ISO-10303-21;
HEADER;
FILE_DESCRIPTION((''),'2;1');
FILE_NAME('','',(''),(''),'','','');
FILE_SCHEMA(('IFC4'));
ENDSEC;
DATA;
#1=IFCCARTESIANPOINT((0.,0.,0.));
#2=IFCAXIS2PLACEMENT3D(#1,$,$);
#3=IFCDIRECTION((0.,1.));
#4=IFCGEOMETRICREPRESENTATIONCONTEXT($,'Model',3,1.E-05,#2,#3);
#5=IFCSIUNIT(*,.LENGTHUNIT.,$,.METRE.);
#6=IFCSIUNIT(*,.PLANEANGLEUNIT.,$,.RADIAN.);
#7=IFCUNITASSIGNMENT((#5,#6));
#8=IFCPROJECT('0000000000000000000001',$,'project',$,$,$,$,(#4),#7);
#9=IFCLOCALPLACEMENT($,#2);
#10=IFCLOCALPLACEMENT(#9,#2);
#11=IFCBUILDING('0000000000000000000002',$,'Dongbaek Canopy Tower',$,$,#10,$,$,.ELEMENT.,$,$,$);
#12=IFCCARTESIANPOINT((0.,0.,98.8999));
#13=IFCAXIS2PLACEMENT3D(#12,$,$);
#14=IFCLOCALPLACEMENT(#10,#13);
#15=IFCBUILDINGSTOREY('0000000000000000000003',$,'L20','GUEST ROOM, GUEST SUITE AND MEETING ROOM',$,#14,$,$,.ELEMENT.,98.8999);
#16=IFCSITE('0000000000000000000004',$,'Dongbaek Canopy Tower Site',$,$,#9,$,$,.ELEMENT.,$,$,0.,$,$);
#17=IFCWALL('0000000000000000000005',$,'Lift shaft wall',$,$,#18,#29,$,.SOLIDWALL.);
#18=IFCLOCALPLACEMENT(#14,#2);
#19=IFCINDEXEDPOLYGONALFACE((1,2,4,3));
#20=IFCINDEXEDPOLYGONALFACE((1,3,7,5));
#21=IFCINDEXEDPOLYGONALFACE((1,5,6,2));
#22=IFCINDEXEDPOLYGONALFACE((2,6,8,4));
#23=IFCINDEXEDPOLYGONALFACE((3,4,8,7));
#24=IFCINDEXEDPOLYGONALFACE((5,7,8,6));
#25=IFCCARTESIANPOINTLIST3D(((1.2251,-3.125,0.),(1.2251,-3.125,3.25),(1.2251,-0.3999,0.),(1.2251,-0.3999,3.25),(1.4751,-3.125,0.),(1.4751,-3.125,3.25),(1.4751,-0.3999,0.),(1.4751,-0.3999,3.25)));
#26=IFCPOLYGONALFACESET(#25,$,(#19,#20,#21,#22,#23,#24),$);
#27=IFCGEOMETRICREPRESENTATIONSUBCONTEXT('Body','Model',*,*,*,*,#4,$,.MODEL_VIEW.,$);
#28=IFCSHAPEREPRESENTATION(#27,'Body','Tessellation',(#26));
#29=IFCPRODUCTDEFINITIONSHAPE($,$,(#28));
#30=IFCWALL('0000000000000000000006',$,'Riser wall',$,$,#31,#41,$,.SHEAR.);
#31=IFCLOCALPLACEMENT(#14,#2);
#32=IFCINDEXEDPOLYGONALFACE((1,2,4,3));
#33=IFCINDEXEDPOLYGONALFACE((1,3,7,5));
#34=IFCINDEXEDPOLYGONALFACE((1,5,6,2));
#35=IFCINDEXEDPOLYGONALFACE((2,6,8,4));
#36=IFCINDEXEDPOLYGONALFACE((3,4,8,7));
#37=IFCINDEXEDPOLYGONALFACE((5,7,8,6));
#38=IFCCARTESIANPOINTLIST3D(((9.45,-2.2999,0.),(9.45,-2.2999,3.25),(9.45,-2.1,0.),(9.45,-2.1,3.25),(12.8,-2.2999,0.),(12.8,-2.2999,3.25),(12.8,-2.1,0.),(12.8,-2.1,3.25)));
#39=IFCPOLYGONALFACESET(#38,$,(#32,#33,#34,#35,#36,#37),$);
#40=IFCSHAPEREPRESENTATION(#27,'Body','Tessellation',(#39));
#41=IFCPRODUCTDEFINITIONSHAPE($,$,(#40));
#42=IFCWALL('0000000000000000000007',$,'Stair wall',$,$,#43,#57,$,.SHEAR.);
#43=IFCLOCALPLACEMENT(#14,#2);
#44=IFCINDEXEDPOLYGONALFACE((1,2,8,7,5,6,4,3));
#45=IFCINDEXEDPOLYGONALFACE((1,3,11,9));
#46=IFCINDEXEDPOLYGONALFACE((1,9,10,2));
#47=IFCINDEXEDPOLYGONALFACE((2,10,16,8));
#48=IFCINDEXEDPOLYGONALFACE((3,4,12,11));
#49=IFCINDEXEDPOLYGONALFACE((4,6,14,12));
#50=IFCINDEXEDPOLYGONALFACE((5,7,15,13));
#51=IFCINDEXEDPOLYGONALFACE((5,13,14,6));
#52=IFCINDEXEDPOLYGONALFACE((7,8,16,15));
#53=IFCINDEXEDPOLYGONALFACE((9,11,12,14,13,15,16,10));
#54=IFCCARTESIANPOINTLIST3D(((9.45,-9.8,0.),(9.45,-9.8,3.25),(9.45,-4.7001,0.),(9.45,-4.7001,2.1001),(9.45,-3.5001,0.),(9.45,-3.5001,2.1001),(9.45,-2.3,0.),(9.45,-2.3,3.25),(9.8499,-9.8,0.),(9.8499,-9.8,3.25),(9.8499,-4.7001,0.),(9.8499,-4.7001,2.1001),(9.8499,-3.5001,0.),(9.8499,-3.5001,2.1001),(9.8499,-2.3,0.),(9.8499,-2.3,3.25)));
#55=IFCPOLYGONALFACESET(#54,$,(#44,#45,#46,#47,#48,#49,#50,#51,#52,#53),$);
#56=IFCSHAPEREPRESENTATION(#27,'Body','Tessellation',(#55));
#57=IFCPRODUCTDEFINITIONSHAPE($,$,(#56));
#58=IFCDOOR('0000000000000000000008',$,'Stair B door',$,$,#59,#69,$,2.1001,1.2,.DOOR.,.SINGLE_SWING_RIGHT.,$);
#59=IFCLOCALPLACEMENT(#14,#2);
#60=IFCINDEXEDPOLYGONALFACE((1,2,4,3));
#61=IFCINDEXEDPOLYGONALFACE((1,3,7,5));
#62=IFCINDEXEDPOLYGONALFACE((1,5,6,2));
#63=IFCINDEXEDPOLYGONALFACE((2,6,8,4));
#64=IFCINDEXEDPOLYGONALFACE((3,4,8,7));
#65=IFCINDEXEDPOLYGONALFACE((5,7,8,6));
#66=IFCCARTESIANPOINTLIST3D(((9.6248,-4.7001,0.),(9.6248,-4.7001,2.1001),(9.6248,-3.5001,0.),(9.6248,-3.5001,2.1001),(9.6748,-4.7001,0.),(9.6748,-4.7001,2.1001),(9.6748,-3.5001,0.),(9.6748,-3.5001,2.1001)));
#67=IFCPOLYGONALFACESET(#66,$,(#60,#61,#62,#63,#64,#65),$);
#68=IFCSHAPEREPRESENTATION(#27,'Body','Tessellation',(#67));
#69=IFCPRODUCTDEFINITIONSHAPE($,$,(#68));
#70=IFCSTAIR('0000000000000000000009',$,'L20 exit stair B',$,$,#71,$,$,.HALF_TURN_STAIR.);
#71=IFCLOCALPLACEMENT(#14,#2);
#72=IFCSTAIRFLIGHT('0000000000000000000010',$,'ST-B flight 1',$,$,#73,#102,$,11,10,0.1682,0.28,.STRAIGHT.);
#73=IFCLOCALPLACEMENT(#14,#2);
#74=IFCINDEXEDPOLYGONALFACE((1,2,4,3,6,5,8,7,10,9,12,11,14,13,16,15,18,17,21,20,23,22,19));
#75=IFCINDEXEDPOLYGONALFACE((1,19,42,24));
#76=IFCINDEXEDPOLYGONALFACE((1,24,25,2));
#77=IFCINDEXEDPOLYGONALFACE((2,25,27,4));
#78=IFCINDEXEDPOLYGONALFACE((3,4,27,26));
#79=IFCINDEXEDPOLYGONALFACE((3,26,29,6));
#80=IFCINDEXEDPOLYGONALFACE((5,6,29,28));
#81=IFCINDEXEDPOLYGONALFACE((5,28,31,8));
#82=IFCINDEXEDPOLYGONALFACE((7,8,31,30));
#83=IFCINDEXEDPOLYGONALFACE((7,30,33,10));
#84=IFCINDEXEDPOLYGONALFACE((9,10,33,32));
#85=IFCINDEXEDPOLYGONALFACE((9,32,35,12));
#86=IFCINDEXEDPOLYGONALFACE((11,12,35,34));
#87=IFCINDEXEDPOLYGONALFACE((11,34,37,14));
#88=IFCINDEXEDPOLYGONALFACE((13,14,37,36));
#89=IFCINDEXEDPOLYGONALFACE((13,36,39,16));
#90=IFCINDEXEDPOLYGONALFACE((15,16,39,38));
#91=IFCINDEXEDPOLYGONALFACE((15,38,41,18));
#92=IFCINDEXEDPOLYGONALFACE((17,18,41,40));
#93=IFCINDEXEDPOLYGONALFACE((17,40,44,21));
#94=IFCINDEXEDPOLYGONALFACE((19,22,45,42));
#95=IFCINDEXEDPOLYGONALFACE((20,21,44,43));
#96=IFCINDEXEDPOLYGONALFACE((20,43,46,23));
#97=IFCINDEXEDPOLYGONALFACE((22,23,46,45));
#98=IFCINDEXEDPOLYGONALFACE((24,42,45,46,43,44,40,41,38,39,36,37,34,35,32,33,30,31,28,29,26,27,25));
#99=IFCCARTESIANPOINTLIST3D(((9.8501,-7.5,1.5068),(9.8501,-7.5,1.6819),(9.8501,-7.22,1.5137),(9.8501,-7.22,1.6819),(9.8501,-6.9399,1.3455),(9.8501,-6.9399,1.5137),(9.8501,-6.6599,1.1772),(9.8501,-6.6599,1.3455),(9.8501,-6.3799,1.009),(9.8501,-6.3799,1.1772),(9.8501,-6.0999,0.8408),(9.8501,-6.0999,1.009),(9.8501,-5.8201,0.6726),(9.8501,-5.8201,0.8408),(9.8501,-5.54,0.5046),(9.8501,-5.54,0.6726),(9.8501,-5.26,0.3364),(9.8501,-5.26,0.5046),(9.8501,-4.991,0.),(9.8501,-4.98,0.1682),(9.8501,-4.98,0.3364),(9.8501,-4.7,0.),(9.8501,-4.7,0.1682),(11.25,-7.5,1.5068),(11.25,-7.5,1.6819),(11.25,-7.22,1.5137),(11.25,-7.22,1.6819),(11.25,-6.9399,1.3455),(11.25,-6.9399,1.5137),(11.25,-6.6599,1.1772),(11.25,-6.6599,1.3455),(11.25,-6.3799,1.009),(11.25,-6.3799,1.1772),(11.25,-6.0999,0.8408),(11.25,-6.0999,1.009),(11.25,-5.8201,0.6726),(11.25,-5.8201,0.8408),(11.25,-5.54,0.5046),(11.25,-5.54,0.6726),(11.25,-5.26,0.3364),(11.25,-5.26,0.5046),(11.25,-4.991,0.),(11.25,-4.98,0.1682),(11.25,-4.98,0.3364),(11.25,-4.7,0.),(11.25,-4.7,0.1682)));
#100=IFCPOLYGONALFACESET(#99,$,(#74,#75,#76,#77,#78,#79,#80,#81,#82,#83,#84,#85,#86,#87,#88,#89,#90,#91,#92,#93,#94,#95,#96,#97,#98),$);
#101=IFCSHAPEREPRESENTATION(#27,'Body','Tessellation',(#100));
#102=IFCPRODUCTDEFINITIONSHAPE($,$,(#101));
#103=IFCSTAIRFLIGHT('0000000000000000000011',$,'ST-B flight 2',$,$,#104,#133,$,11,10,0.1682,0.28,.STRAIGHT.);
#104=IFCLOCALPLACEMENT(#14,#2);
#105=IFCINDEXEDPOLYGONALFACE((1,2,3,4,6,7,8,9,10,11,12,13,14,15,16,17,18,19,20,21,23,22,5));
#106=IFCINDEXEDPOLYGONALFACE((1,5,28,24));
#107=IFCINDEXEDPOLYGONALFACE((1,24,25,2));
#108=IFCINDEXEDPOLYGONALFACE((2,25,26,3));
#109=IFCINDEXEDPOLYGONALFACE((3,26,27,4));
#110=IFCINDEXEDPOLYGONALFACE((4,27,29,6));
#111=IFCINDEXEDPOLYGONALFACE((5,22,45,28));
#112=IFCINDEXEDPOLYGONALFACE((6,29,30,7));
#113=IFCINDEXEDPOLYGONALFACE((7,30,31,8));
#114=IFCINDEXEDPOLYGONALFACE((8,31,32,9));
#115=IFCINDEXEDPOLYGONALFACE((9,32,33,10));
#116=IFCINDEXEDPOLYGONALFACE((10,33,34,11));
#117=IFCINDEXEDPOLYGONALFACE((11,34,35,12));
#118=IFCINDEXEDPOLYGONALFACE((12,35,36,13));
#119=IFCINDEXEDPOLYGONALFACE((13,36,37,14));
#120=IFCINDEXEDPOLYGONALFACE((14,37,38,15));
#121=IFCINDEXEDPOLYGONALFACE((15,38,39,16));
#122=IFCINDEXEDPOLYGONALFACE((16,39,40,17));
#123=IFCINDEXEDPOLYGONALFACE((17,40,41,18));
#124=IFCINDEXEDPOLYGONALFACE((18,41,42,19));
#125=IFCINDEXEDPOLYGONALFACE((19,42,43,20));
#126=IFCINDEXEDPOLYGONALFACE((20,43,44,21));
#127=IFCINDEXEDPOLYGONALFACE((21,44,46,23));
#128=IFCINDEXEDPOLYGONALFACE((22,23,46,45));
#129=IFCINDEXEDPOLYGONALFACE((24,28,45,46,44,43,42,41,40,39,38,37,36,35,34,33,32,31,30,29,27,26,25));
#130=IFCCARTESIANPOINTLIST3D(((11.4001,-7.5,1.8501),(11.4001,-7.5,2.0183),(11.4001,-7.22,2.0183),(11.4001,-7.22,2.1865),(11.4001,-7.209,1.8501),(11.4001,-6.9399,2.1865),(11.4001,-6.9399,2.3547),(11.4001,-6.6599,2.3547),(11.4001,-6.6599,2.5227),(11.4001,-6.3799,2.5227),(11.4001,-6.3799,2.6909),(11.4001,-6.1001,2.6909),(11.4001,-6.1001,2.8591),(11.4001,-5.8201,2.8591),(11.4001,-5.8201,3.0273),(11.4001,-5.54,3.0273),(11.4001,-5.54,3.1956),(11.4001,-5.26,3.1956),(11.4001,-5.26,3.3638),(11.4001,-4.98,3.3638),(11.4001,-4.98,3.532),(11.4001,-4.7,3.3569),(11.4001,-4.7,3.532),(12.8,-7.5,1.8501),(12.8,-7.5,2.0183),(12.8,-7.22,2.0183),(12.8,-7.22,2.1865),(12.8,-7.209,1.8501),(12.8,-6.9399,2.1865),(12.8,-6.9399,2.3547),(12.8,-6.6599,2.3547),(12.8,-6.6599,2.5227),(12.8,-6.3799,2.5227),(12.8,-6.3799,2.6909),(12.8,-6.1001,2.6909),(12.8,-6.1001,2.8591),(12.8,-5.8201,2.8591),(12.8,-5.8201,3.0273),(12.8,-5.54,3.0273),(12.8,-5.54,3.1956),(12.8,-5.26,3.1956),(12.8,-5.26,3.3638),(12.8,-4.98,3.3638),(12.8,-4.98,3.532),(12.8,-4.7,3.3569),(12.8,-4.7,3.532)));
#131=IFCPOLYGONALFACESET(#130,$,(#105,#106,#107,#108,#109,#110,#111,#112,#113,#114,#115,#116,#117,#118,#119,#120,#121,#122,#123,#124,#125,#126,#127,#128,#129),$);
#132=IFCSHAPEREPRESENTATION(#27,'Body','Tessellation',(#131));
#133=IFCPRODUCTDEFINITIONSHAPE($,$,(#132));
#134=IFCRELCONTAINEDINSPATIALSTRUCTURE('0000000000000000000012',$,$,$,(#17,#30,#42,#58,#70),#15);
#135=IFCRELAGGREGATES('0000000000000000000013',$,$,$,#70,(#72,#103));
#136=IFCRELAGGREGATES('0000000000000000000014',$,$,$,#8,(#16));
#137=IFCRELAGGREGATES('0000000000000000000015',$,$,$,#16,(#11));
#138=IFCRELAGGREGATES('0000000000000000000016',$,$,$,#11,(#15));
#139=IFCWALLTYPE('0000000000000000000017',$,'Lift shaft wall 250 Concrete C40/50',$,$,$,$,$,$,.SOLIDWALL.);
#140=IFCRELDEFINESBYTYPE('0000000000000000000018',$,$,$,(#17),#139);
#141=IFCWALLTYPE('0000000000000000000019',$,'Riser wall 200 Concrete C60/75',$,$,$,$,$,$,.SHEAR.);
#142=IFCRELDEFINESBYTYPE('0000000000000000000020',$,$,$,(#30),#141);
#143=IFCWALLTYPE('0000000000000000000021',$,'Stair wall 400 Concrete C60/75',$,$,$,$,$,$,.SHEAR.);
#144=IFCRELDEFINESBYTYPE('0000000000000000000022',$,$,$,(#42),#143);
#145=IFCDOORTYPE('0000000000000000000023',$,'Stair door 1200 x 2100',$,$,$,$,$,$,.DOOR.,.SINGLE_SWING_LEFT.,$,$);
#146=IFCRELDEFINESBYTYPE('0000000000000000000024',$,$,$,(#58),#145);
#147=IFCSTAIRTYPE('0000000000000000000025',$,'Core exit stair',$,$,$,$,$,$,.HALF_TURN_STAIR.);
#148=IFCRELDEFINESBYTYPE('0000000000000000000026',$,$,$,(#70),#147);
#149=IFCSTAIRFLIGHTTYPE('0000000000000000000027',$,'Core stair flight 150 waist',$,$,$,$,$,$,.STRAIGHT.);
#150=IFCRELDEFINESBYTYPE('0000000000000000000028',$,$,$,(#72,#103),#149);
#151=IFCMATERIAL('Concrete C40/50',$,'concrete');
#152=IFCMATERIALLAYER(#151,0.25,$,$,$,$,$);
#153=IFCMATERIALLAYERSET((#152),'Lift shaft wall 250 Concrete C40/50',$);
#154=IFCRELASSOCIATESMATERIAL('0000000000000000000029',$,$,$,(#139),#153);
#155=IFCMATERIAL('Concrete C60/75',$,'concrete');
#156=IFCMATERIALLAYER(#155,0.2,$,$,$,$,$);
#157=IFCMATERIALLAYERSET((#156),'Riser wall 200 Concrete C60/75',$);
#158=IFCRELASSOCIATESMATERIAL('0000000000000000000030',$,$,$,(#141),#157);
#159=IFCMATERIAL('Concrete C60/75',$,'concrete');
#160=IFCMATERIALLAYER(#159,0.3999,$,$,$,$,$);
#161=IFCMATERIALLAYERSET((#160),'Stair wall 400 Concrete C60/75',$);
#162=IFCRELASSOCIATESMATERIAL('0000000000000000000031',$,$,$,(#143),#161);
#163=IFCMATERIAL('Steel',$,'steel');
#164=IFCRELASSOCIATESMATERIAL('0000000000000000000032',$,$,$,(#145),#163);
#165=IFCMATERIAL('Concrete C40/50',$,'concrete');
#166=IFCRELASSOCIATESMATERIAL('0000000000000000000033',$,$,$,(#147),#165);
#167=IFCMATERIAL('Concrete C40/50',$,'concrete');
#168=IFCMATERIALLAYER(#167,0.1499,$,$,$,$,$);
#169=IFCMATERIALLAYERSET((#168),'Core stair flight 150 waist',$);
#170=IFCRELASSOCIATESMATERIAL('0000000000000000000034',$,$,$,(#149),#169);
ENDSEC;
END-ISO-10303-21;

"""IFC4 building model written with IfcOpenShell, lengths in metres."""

from ifc_helpers import new_model, si_unit, direction, frame, frame_2d, origin, place, context, subcontext, project, spatial, polyline, rectangle, outline, extrude, material, layer, layer_set, type_object, element, fill, aggregate, save


model = new_model("IFC4")

# Units and contexts
model_context = context("Model", 3, precision=1e-05, world=origin(), true_north=direction((0.0, 1.0)))
body_context = subcontext(model_context, "Body", "Model", "MODEL_VIEW")
ifc_project = project(units=[si_unit("LENGTHUNIT", "METRE"), si_unit("PLANEANGLEUNIT", "RADIAN")], contexts=[model_context])

# Site, building, storey
site_placement = place(None, origin())
site = spatial("IfcSite", under=ifc_project, at=site_placement, Name="Dongbaek Canopy Tower Site", CompositionType="ELEMENT", RefElevation=0.0)
building_placement = place(site_placement, origin())
building = spatial("IfcBuilding", under=site, at=building_placement, Name="Dongbaek Canopy Tower", CompositionType="ELEMENT")
storey_placement = place(building_placement, frame((0.0, 0.0, 98.8999)))
storey = spatial("IfcBuildingStorey", under=building, at=storey_placement, Name="L20", Description="GUEST ROOM, GUEST SUITE AND MEETING ROOM", CompositionType="ELEMENT", Elevation=98.8999)

# Walls
ifc_material_1 = material(Name="Concrete C40/50", Category="concrete")
ifc_layer_1 = layer(ifc_material_1, 0.25)
ifc_layer_set_1 = layer_set([ifc_layer_1], Name="Lift shaft wall 250 Concrete C40/50")
wall_type_1 = type_object("IfcWallType", Name="Lift shaft wall 250 Concrete C40/50", PredefinedType="SOLIDWALL", material=ifc_layer_set_1)
for number, where, z_axis, x_axis, name in (
    (1, (1.3501, -3.125, 0.0), (0.0, 0.0, 1.0), (0.0, 1.0, 0.0), "Lift shaft wall"),
):
    element("IfcWall", number, at=place(storey_placement, frame(where, z_axis=z_axis, x_axis=x_axis)), inside=storey, type_object=wall_type_1, Name=name, PredefinedType="SOLIDWALL", context=body_context, shape_type="SweptSolid", body=[
        extrude(rectangle(XDim=2.7251, YDim=0.25, at=frame_2d((1.3625, 0.0))), origin(), (0.0, 0.0, 1.0), 3.25),
    ])
ifc_material_2 = material(Name="Concrete C60/75", Category="concrete")
ifc_layer_2 = layer(ifc_material_2, 0.2)
ifc_layer_set_2 = layer_set([ifc_layer_2], Name="Riser wall 200 Concrete C60/75")
wall_type_2 = type_object("IfcWallType", Name="Riser wall 200 Concrete C60/75", PredefinedType="SHEAR", material=ifc_layer_set_2)
wall_1_placement = place(storey_placement, frame((9.45, -2.2, 0.0), z_axis=(0.0, 0.0, 1.0), x_axis=(1.0, 0.0, 0.0)))
element("IfcWall", 2, at=wall_1_placement, inside=storey, type_object=wall_type_2, Name="Riser wall", PredefinedType="SHEAR", context=body_context, shape_type="SweptSolid", body=[
    extrude(rectangle(XDim=3.3501, YDim=0.2, at=frame_2d((1.675, 0.0))), origin(), (0.0, 0.0, 1.0), 3.25),
])

# Wall, opening, door
ifc_material_3 = material(Name="Concrete C60/75", Category="concrete")
ifc_layer_3 = layer(ifc_material_3, 0.3999)
ifc_layer_set_3 = layer_set([ifc_layer_3], Name="Stair wall 400 Concrete C60/75")
wall_type_3 = type_object("IfcWallType", Name="Stair wall 400 Concrete C60/75", PredefinedType="SHEAR", material=ifc_layer_set_3)
wall_2_placement = place(storey_placement, frame((9.6499, -2.3, 0.0), z_axis=(0.0, 0.0, 1.0), x_axis=(0.0, -1.0, 0.0)))
wall_2 = element("IfcWall", 3, at=wall_2_placement, inside=storey, type_object=wall_type_3, Name="Stair wall", PredefinedType="SHEAR", context=body_context, shape_type="SweptSolid", body=[
    extrude(rectangle(XDim=7.5, YDim=0.3999, at=frame_2d((3.75, 0.0))), origin(), (0.0, 0.0, 1.0), 3.25),
])
opening_1_placement = place(wall_2_placement, frame((1.2, 0.0, 0.0)))
opening_1 = element("IfcOpeningElement", 4, at=opening_1_placement, cuts=wall_2, PredefinedType="OPENING", context=body_context, shape_type="SweptSolid", body=[
    extrude(rectangle(XDim=1.2, YDim=2.1001, at=frame_2d((0.6001, 1.05))), frame((0.0, 0.21, 0.0), z_axis=(0.0, -1.0, 0.0), x_axis=(1.0, 0.0, 0.0)), (0.0, 0.0, 1.0), 0.4199),
])
ifc_material_4 = material(Name="Steel", Category="steel")
door_type_1 = type_object("IfcDoorType", Name="Stair door 1200 x 2100", OperationType="SINGLE_SWING_LEFT", PredefinedType="DOOR", material=ifc_material_4)
door_1_placement = place(opening_1_placement, origin())
door_1 = element("IfcDoor", 5, at=door_1_placement, inside=storey, type_object=door_type_1, Name="Stair B door", OperationType="SINGLE_SWING_RIGHT", OverallHeight=2.1001, OverallWidth=1.2, PredefinedType="DOOR", context=body_context, shape_type="SweptSolid", body=[
    extrude(rectangle(XDim=1.2, YDim=2.1001, at=frame_2d((0.6001, 1.05))), frame((0.0, 0.0249, 0.0), z_axis=(0.0, -1.0, 0.0), x_axis=(1.0, 0.0, 0.0)), (0.0, 0.0, 1.0), 0.05),
])
fill(opening_1, door_1)

# Stair, stair flights
ifc_material_5 = material(Name="Concrete C40/50", Category="concrete")
stair_type = type_object("IfcStairType", Name="Core exit stair", PredefinedType="HALF_TURN_STAIR", material=ifc_material_5)
stair_placement = place(storey_placement, origin())
stair = element("IfcStair", 6, at=stair_placement, inside=storey, type_object=stair_type, Name="L20 exit stair B", PredefinedType="HALF_TURN_STAIR")
ifc_material_6 = material(Name="Concrete C40/50", Category="concrete")
ifc_layer_4 = layer(ifc_material_6, 0.1499)
ifc_layer_set_4 = layer_set([ifc_layer_4], Name="Core stair flight 150 waist")
stair_flight_type = type_object("IfcStairFlightType", Name="Core stair flight 150 waist", PredefinedType="STRAIGHT", material=ifc_layer_set_4)
stair_flight_1_placement = place(storey_placement, frame((10.55, -4.7, 0.0), z_axis=(0.0, 0.0, 1.0), x_axis=(0.0, -1.0, 0.0)))
stair_flight_1 = element("IfcStairFlight", 7, at=stair_flight_1_placement, type_object=stair_flight_type, Name="ST-B flight 1", NumberOfRisers=11, NumberOfTreads=10, PredefinedType="STRAIGHT", RiserHeight=0.1682, TreadLength=0.28, context=body_context, shape_type="SweptSolid", body=[
    extrude(outline(polyline([(0.0, 0.0), (0.0, 0.1682), (0.28, 0.1682), (0.28, 0.3364), (0.5601, 0.3364), (0.5601, 0.5046), (0.8401, 0.5046), (0.8401, 0.6726), (1.1201, 0.6726), (1.1201, 0.8408), (1.3999, 0.8408), (1.3999, 1.009), (1.6799, 1.009), (1.6799, 1.1772), (1.96, 1.1772), (1.96, 1.3455), (2.24, 1.3455), (2.24, 1.5137), (2.52, 1.5137), (2.52, 1.6819), (2.8, 1.6819), (2.8, 1.8501), (2.8, 1.5068), (0.291, 0.0), (0.0, 0.0)])), frame((0.0, 0.7, 0.0), z_axis=(0.0, -1.0, 0.0), x_axis=(1.0, 0.0, 0.0)), (0.0, 0.0, 1.0), 1.3999),
])
stair_flight_2_placement = place(storey_placement, frame((12.1001, -7.5, 1.8501), z_axis=(0.0, 0.0, 1.0), x_axis=(0.0, 1.0, 0.0)))
stair_flight_2 = element("IfcStairFlight", 8, at=stair_flight_2_placement, type_object=stair_flight_type, Name="ST-B flight 2", NumberOfRisers=11, NumberOfTreads=10, PredefinedType="STRAIGHT", RiserHeight=0.1682, TreadLength=0.28, context=body_context, shape_type="SweptSolid", body=[
    extrude(outline(polyline([(0.0, 0.0), (0.0, 0.1682), (0.28, 0.1682), (0.28, 0.3364), (0.5601, 0.3364), (0.5601, 0.5046), (0.8401, 0.5046), (0.8401, 0.6726), (1.1201, 0.6726), (1.1201, 0.8408), (1.3999, 0.8408), (1.3999, 1.009), (1.6799, 1.009), (1.6799, 1.1772), (1.96, 1.1772), (1.96, 1.3455), (2.24, 1.3455), (2.24, 1.5137), (2.52, 1.5137), (2.52, 1.6819), (2.8, 1.6819), (2.8, 1.8501), (2.8, 1.5068), (0.291, 0.0), (0.0, 0.0)])), frame((0.0, 0.7, 0.0), z_axis=(0.0, -1.0, 0.0), x_axis=(1.0, 0.0, 0.0)), (0.0, 0.0, 1.0), 1.3999),
])
aggregate(stair, [stair_flight_1, stair_flight_2])

save(model, "model.ifc")
